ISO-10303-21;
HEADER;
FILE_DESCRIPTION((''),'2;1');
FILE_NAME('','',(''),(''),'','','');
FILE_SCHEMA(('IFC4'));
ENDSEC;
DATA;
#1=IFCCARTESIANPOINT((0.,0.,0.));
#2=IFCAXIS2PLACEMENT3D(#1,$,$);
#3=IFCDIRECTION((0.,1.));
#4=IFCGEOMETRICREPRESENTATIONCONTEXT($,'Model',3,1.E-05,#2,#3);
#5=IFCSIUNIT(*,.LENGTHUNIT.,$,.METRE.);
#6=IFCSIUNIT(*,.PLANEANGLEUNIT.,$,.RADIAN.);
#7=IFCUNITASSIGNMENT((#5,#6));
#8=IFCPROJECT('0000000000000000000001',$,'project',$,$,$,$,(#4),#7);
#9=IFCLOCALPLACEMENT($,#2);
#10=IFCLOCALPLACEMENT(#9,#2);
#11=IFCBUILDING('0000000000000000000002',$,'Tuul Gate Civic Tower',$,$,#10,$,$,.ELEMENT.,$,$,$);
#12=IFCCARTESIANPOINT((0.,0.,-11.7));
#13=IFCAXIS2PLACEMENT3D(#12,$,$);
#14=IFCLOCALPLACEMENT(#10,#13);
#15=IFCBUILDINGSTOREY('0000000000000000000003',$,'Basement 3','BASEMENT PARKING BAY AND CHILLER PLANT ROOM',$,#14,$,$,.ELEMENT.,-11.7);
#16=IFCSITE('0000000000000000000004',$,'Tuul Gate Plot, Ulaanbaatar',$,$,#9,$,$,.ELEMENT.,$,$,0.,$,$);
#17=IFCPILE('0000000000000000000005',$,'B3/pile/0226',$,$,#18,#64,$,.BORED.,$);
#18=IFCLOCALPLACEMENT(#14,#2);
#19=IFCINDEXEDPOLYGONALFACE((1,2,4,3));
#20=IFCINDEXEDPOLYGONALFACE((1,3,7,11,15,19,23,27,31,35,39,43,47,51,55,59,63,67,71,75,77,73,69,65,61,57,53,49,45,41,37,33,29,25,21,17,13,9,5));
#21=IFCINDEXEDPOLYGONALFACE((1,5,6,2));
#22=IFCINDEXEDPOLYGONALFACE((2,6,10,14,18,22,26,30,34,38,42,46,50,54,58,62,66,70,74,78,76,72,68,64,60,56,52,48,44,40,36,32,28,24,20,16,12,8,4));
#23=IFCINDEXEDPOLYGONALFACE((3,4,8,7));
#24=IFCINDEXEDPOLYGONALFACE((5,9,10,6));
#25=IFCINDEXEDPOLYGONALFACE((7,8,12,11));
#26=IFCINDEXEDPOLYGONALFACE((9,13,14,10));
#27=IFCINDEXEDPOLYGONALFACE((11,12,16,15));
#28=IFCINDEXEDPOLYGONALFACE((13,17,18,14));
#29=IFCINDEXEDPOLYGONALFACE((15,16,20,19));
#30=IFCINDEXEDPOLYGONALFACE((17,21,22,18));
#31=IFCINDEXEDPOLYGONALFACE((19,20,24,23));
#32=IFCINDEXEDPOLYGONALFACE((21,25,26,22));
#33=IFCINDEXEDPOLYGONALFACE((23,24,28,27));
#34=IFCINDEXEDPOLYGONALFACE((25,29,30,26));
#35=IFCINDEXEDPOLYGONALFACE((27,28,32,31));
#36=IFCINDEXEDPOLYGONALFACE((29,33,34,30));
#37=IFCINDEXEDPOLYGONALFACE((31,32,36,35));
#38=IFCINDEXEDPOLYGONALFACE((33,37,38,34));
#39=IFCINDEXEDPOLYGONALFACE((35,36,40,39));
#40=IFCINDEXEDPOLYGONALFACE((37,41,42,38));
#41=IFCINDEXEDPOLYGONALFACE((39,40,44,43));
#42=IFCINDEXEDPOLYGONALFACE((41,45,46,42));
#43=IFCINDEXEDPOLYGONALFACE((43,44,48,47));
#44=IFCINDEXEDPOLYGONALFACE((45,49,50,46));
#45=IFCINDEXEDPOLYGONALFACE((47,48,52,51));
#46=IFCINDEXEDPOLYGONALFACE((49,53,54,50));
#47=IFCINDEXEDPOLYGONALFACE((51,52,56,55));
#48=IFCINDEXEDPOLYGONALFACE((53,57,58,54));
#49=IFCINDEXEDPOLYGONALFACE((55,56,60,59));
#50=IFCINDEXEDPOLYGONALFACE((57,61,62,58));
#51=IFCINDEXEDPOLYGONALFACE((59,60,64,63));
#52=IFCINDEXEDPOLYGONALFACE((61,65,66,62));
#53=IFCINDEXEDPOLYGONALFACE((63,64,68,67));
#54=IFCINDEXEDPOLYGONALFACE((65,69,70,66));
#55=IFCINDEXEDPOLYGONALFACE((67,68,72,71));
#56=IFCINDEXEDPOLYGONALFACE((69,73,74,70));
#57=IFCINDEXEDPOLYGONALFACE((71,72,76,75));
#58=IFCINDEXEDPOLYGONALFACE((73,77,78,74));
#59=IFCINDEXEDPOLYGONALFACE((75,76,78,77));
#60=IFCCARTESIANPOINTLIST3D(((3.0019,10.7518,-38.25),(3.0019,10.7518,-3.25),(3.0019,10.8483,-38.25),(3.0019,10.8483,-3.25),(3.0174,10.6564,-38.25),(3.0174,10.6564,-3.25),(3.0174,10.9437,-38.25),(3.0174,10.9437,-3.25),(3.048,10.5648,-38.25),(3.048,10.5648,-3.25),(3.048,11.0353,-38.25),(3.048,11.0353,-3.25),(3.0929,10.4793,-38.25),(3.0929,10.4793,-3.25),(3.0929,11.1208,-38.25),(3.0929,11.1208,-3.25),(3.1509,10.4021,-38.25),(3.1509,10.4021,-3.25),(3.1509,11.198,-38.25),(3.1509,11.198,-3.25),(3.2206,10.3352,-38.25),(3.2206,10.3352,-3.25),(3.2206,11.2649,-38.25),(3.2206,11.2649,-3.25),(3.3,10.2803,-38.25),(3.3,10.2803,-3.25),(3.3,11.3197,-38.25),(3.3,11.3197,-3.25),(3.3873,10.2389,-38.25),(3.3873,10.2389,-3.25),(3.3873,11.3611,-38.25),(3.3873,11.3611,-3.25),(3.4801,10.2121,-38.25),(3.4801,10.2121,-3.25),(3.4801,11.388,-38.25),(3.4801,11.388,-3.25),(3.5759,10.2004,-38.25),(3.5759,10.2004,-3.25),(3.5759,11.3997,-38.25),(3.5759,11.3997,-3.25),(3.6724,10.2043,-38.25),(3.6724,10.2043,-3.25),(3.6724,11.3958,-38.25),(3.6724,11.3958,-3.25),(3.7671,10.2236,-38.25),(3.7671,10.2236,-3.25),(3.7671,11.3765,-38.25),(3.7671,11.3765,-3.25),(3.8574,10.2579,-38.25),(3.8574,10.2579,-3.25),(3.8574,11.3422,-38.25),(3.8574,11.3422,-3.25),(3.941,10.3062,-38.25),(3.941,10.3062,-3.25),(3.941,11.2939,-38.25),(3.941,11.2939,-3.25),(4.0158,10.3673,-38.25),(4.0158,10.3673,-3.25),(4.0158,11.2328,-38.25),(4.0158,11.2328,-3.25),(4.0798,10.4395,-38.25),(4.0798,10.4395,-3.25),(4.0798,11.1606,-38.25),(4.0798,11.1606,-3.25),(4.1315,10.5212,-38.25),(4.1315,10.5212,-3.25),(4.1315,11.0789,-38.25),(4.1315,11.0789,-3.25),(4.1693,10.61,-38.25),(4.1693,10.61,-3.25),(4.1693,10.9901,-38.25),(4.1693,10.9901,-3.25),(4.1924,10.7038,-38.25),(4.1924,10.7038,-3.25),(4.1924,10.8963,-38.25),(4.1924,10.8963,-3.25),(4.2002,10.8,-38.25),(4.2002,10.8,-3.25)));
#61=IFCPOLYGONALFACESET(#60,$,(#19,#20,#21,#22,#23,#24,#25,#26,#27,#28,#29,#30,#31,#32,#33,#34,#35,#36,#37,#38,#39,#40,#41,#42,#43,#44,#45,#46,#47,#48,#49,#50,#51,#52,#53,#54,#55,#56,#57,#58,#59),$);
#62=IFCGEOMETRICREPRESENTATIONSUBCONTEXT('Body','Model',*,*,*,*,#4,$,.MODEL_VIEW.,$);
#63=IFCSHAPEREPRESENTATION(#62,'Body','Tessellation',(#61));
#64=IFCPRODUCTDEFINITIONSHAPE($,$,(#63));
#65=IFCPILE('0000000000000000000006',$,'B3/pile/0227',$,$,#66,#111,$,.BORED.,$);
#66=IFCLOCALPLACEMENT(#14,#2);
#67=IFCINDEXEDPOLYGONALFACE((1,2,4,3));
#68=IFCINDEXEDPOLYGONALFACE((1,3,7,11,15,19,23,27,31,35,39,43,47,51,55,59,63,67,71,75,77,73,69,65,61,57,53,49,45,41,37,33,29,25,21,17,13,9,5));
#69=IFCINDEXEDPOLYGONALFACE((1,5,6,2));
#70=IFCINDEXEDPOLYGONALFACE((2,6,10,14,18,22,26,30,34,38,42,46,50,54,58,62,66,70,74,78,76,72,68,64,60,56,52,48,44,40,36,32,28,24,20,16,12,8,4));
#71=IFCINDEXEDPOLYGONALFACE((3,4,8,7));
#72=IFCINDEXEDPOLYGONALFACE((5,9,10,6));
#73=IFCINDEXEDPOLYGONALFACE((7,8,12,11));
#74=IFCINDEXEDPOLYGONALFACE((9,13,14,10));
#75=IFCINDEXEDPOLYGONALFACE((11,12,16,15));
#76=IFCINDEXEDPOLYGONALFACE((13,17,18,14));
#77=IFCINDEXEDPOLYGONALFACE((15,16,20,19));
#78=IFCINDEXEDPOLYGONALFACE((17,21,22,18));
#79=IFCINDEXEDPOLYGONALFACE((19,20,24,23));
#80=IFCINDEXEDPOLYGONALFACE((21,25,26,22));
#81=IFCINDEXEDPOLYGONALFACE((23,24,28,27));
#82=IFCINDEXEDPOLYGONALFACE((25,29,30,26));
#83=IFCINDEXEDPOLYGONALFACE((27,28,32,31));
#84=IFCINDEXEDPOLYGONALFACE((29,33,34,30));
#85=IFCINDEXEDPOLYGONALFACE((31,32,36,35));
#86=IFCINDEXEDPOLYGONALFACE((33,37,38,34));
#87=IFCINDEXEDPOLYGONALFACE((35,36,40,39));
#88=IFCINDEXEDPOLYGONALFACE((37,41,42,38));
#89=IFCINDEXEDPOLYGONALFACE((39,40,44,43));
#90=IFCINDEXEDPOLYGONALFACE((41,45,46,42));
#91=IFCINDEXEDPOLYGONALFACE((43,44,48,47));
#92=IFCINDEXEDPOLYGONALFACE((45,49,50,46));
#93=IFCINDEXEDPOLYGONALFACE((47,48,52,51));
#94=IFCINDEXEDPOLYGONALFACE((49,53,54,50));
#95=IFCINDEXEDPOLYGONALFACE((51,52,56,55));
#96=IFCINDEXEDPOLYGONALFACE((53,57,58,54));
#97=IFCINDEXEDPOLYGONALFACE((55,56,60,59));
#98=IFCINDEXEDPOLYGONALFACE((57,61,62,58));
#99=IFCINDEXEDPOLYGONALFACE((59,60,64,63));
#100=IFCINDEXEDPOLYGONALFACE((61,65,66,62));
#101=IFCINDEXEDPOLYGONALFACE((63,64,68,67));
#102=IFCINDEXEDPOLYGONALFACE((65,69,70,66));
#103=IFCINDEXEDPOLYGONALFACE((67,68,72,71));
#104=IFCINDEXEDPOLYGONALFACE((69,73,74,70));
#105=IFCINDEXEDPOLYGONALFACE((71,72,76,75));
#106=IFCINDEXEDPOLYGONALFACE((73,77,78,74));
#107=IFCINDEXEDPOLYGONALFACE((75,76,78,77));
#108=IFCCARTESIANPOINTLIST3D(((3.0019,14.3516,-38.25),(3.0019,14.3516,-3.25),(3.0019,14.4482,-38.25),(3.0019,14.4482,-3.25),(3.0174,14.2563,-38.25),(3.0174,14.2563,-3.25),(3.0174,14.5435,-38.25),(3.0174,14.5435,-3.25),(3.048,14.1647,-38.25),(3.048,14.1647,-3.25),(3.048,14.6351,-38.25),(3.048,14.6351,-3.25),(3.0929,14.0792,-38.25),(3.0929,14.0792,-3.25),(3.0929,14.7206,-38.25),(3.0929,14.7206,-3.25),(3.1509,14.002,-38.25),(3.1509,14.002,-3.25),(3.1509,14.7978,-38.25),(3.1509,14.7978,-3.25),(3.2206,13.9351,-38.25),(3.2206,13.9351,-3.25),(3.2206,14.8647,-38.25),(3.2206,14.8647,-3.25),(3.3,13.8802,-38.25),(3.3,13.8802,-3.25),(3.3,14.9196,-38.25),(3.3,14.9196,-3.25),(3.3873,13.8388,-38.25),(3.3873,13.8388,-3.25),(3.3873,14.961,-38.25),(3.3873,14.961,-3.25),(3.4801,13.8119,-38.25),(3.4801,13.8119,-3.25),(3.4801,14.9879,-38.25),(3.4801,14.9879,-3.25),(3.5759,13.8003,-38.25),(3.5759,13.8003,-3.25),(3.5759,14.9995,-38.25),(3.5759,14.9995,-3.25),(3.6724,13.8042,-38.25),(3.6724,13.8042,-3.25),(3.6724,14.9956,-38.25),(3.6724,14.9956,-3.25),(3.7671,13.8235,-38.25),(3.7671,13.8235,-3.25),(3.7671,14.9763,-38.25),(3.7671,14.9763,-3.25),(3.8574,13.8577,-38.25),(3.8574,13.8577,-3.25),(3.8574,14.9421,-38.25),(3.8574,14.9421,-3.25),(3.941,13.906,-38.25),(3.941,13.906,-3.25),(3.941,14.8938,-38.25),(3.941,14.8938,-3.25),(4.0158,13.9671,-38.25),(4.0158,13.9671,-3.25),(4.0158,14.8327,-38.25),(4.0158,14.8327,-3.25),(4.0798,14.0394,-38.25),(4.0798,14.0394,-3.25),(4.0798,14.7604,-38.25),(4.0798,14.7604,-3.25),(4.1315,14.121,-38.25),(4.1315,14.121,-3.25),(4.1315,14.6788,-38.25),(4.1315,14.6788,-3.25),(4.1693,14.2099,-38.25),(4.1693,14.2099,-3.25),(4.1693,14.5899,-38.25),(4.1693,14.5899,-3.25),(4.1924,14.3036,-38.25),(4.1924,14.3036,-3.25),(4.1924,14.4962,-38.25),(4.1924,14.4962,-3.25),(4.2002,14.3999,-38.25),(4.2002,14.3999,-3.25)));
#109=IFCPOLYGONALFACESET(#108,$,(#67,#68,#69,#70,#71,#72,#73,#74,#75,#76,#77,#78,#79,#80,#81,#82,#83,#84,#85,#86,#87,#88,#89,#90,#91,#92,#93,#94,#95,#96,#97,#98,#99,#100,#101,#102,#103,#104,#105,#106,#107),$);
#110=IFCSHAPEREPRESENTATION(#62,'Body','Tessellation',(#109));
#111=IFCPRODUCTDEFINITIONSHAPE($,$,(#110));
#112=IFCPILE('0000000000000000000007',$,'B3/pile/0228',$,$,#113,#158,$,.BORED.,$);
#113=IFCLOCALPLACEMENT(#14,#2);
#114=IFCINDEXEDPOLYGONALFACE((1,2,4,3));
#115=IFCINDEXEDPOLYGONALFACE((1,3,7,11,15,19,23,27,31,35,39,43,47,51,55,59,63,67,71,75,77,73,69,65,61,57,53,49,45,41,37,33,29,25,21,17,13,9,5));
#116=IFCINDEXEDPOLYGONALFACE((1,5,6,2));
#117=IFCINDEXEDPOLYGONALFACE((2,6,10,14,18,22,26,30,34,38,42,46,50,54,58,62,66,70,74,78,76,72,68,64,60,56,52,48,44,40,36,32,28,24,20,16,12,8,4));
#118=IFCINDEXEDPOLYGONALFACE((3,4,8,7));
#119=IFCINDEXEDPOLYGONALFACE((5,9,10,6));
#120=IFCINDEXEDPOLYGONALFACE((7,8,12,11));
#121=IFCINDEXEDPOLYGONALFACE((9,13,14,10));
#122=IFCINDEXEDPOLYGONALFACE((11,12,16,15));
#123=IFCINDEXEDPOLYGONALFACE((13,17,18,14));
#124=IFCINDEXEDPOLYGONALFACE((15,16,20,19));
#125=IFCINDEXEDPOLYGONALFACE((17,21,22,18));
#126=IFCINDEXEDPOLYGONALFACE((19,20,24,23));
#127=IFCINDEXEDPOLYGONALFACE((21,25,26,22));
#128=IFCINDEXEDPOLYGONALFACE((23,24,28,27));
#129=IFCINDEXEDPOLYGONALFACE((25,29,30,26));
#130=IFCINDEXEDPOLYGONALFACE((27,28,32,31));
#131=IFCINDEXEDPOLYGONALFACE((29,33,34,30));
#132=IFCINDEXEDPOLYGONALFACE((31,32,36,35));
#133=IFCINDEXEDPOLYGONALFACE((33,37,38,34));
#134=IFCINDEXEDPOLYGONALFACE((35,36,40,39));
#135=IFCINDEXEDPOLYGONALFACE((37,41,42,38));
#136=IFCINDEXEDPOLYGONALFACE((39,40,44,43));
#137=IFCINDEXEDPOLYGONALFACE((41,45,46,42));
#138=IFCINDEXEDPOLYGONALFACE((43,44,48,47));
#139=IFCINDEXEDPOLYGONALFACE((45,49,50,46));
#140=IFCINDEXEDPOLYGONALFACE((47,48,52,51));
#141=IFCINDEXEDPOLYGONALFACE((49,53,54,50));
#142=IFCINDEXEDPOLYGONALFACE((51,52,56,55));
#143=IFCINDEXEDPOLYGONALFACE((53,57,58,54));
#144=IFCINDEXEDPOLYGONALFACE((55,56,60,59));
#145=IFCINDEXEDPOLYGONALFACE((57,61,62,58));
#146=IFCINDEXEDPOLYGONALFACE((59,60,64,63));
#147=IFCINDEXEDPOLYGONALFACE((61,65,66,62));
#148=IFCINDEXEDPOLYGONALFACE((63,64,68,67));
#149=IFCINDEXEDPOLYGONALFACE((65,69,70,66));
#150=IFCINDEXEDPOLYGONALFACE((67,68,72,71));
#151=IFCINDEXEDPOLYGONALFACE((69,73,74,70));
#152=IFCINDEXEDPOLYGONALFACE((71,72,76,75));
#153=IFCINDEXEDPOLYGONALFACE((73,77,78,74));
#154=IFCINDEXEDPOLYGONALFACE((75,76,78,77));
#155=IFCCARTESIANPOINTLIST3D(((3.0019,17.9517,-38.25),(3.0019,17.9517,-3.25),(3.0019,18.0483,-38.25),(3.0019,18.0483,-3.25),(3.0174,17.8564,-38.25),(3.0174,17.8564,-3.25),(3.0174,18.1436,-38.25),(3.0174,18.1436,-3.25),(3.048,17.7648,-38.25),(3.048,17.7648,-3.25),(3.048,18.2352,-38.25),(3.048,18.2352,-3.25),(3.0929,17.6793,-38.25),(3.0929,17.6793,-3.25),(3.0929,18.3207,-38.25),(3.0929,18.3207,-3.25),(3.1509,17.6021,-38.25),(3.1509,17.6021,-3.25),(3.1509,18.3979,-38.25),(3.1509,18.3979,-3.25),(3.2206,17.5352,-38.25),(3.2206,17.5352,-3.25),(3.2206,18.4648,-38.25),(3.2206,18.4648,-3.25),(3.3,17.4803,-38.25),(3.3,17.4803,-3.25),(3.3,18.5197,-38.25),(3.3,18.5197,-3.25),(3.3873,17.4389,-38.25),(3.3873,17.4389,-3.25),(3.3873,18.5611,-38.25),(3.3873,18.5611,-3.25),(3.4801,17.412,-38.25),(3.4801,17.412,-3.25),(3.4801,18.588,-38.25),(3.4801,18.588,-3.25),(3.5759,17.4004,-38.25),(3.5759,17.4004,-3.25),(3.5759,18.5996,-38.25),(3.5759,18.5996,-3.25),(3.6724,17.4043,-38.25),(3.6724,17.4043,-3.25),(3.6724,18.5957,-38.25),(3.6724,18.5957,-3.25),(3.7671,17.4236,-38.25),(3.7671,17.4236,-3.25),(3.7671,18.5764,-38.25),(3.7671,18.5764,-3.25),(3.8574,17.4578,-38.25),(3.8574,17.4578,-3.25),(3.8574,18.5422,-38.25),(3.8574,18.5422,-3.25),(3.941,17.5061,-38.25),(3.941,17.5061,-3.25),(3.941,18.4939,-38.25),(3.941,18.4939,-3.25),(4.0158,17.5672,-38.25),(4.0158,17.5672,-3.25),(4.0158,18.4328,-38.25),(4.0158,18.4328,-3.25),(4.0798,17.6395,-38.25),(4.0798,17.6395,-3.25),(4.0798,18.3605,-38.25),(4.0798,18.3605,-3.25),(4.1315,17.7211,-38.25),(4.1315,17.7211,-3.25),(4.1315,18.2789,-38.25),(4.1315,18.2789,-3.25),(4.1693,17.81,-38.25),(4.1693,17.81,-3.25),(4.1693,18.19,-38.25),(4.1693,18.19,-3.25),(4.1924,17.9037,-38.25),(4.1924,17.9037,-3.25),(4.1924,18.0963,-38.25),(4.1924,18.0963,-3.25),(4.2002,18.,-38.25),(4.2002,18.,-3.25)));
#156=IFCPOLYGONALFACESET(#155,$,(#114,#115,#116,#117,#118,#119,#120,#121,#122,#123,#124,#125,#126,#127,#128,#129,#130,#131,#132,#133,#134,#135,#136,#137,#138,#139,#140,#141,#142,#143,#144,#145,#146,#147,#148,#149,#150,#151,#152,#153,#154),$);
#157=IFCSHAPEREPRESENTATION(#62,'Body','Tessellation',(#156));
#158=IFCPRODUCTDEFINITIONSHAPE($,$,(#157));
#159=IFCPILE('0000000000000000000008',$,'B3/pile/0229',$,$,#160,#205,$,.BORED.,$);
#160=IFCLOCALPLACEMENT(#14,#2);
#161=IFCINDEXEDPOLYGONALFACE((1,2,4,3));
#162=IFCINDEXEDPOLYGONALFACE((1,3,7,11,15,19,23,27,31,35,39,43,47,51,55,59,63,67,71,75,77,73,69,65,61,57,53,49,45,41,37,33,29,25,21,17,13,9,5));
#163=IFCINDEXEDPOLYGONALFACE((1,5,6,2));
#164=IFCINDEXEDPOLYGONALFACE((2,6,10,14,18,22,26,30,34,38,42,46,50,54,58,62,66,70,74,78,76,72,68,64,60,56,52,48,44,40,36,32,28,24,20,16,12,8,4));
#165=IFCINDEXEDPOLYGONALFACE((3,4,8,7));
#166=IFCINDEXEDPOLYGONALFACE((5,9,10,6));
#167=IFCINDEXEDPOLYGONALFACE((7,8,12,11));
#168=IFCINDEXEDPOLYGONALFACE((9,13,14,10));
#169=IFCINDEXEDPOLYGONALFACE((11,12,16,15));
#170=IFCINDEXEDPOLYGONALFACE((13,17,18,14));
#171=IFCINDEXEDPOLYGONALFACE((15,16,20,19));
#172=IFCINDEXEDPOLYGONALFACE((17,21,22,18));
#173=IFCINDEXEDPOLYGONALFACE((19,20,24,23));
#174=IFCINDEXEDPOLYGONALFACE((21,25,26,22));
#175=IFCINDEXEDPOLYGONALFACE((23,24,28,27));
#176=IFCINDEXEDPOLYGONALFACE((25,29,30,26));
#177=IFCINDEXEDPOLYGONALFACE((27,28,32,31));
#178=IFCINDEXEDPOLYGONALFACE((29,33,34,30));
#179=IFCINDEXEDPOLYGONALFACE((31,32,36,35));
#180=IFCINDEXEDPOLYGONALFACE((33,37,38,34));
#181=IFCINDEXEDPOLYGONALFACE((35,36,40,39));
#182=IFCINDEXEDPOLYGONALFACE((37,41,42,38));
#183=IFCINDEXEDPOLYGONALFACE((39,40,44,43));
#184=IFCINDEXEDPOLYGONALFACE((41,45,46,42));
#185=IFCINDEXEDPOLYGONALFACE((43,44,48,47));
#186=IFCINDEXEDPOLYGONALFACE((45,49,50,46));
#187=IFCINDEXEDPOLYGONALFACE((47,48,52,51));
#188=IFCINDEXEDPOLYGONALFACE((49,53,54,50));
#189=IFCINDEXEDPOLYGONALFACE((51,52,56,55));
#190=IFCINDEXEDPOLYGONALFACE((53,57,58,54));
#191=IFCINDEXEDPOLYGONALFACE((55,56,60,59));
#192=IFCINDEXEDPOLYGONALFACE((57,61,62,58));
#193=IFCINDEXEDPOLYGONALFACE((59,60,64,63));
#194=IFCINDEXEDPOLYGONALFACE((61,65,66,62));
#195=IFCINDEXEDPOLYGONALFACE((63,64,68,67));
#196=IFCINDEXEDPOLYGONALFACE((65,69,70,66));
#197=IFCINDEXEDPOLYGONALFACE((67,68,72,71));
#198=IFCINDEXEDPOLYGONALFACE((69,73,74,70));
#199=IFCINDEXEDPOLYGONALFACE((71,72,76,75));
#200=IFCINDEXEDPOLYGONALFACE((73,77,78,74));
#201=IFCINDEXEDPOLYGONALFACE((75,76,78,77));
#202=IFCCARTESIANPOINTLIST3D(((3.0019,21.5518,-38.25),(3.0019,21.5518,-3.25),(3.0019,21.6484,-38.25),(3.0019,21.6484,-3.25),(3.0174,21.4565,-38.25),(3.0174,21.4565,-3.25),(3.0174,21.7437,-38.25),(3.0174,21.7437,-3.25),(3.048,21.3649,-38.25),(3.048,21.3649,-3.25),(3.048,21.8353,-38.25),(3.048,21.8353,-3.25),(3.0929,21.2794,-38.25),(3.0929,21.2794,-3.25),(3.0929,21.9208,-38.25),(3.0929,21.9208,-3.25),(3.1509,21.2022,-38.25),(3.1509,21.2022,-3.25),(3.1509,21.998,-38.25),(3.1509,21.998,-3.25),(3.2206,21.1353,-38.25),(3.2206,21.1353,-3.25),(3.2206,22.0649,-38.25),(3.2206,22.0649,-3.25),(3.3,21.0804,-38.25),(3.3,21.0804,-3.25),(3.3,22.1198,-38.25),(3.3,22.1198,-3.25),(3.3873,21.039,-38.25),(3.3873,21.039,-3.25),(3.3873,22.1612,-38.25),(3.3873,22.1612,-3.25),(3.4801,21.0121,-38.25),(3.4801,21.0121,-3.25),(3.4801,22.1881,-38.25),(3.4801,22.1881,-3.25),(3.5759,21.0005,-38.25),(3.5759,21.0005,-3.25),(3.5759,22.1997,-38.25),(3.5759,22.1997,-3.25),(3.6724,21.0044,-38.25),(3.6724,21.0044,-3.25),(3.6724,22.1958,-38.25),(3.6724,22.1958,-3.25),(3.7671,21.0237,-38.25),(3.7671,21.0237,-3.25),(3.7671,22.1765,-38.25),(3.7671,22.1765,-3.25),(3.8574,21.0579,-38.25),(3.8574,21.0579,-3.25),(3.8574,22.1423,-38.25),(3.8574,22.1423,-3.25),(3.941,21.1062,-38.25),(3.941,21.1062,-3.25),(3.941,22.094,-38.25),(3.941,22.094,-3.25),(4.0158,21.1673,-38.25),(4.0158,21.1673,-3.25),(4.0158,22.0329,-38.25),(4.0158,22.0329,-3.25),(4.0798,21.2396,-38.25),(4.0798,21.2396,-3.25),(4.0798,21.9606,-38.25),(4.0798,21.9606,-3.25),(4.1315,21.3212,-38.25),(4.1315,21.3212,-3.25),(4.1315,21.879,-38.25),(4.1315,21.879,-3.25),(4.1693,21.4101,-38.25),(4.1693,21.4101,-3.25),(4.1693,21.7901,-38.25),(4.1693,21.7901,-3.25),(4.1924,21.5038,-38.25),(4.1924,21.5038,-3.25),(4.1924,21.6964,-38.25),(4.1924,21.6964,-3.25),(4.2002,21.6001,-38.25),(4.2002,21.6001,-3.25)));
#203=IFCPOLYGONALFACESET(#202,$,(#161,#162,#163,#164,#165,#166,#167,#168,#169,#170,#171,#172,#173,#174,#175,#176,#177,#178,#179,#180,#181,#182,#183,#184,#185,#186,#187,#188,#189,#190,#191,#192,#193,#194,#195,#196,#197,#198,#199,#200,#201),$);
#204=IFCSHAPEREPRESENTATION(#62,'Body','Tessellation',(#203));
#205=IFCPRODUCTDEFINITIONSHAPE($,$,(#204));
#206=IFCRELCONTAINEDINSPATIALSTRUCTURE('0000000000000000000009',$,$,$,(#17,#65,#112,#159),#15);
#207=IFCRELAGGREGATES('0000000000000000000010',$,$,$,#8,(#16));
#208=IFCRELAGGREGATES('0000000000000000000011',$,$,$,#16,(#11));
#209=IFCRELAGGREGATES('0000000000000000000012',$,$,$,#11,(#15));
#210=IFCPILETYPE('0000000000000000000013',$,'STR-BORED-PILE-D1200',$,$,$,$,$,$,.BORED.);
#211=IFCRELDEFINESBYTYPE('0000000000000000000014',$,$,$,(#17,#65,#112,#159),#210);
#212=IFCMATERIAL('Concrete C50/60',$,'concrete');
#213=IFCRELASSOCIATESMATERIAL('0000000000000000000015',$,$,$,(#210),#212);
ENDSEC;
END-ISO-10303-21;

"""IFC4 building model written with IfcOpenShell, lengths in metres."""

from ifc_helpers import new_model, si_unit, direction, frame, origin, origin_2d, place, context, subcontext, project, spatial, circle, extrude, material, material_profile, profile_set, type_object, element, save


model = new_model("IFC4")

# Units and contexts
model_context = context("Model", 3, precision=1e-05, world=origin(), true_north=direction((0.0, 1.0)))
body_context = subcontext(model_context, "Body", "Model", "MODEL_VIEW")
ifc_project = project(units=[si_unit("LENGTHUNIT", "METRE"), si_unit("PLANEANGLEUNIT", "RADIAN")], contexts=[model_context])

# Site, building, storey
site_placement = place(None, origin())
site = spatial("IfcSite", under=ifc_project, at=site_placement, Name="Tuul Gate Plot, Ulaanbaatar", CompositionType="ELEMENT", RefElevation=0.0)
building_placement = place(site_placement, origin())
building = spatial("IfcBuilding", under=site, at=building_placement, Name="Tuul Gate Civic Tower", CompositionType="ELEMENT")
storey_placement = place(building_placement, frame((0.0, 0.0, -11.7)))
storey = spatial("IfcBuildingStorey", under=building, at=storey_placement, Name="Basement 3", Description="BASEMENT PARKING BAY AND CHILLER PLANT ROOM", CompositionType="ELEMENT", Elevation=-11.7)

# Piles
ifc_material_1 = material(Name="Concrete C50/60", Category="concrete")
ifc_material_profile_1 = material_profile(ifc_material_1, circle(Radius=0.6001, at=origin_2d()), Name="PILE1200")
ifc_profile_set_1 = profile_set([ifc_material_profile_1], Name="Concrete C50/60")
pile_type = type_object("IfcPileType", Name="STR-BORED-PILE-D1200", PredefinedType="BORED", material=ifc_profile_set_1)
for number, where, z_axis, x_axis, name in (
    (1, (3.6001, 10.8, -3.25), (0.0, 0.0, -1.0), (1.0, 0.0, 0.0), "B3/pile/0226"),
    (2, (3.6001, 14.3999, -3.25), (0.0, 0.0, -1.0), (1.0, 0.0, 0.0), "B3/pile/0227"),
    (3, (3.6001, 18.0, -3.25), (0.0, 0.0, -1.0), (1.0, 0.0, 0.0), "B3/pile/0228"),
    (4, (3.6001, 21.6001, -3.25), (0.0, 0.0, -1.0), (1.0, 0.0, 0.0), "B3/pile/0229"),
):
    element("IfcPile", number, at=place(storey_placement, frame(where, z_axis=z_axis, x_axis=x_axis)), inside=storey, type_object=pile_type, Name=name, PredefinedType="BORED", context=body_context, shape_type="SweptSolid", body=[
        extrude(circle(Radius=0.6001, at=origin_2d()), origin(), (0.0, 0.0, 1.0), 35.0),
    ])

save(model, "model.ifc")
